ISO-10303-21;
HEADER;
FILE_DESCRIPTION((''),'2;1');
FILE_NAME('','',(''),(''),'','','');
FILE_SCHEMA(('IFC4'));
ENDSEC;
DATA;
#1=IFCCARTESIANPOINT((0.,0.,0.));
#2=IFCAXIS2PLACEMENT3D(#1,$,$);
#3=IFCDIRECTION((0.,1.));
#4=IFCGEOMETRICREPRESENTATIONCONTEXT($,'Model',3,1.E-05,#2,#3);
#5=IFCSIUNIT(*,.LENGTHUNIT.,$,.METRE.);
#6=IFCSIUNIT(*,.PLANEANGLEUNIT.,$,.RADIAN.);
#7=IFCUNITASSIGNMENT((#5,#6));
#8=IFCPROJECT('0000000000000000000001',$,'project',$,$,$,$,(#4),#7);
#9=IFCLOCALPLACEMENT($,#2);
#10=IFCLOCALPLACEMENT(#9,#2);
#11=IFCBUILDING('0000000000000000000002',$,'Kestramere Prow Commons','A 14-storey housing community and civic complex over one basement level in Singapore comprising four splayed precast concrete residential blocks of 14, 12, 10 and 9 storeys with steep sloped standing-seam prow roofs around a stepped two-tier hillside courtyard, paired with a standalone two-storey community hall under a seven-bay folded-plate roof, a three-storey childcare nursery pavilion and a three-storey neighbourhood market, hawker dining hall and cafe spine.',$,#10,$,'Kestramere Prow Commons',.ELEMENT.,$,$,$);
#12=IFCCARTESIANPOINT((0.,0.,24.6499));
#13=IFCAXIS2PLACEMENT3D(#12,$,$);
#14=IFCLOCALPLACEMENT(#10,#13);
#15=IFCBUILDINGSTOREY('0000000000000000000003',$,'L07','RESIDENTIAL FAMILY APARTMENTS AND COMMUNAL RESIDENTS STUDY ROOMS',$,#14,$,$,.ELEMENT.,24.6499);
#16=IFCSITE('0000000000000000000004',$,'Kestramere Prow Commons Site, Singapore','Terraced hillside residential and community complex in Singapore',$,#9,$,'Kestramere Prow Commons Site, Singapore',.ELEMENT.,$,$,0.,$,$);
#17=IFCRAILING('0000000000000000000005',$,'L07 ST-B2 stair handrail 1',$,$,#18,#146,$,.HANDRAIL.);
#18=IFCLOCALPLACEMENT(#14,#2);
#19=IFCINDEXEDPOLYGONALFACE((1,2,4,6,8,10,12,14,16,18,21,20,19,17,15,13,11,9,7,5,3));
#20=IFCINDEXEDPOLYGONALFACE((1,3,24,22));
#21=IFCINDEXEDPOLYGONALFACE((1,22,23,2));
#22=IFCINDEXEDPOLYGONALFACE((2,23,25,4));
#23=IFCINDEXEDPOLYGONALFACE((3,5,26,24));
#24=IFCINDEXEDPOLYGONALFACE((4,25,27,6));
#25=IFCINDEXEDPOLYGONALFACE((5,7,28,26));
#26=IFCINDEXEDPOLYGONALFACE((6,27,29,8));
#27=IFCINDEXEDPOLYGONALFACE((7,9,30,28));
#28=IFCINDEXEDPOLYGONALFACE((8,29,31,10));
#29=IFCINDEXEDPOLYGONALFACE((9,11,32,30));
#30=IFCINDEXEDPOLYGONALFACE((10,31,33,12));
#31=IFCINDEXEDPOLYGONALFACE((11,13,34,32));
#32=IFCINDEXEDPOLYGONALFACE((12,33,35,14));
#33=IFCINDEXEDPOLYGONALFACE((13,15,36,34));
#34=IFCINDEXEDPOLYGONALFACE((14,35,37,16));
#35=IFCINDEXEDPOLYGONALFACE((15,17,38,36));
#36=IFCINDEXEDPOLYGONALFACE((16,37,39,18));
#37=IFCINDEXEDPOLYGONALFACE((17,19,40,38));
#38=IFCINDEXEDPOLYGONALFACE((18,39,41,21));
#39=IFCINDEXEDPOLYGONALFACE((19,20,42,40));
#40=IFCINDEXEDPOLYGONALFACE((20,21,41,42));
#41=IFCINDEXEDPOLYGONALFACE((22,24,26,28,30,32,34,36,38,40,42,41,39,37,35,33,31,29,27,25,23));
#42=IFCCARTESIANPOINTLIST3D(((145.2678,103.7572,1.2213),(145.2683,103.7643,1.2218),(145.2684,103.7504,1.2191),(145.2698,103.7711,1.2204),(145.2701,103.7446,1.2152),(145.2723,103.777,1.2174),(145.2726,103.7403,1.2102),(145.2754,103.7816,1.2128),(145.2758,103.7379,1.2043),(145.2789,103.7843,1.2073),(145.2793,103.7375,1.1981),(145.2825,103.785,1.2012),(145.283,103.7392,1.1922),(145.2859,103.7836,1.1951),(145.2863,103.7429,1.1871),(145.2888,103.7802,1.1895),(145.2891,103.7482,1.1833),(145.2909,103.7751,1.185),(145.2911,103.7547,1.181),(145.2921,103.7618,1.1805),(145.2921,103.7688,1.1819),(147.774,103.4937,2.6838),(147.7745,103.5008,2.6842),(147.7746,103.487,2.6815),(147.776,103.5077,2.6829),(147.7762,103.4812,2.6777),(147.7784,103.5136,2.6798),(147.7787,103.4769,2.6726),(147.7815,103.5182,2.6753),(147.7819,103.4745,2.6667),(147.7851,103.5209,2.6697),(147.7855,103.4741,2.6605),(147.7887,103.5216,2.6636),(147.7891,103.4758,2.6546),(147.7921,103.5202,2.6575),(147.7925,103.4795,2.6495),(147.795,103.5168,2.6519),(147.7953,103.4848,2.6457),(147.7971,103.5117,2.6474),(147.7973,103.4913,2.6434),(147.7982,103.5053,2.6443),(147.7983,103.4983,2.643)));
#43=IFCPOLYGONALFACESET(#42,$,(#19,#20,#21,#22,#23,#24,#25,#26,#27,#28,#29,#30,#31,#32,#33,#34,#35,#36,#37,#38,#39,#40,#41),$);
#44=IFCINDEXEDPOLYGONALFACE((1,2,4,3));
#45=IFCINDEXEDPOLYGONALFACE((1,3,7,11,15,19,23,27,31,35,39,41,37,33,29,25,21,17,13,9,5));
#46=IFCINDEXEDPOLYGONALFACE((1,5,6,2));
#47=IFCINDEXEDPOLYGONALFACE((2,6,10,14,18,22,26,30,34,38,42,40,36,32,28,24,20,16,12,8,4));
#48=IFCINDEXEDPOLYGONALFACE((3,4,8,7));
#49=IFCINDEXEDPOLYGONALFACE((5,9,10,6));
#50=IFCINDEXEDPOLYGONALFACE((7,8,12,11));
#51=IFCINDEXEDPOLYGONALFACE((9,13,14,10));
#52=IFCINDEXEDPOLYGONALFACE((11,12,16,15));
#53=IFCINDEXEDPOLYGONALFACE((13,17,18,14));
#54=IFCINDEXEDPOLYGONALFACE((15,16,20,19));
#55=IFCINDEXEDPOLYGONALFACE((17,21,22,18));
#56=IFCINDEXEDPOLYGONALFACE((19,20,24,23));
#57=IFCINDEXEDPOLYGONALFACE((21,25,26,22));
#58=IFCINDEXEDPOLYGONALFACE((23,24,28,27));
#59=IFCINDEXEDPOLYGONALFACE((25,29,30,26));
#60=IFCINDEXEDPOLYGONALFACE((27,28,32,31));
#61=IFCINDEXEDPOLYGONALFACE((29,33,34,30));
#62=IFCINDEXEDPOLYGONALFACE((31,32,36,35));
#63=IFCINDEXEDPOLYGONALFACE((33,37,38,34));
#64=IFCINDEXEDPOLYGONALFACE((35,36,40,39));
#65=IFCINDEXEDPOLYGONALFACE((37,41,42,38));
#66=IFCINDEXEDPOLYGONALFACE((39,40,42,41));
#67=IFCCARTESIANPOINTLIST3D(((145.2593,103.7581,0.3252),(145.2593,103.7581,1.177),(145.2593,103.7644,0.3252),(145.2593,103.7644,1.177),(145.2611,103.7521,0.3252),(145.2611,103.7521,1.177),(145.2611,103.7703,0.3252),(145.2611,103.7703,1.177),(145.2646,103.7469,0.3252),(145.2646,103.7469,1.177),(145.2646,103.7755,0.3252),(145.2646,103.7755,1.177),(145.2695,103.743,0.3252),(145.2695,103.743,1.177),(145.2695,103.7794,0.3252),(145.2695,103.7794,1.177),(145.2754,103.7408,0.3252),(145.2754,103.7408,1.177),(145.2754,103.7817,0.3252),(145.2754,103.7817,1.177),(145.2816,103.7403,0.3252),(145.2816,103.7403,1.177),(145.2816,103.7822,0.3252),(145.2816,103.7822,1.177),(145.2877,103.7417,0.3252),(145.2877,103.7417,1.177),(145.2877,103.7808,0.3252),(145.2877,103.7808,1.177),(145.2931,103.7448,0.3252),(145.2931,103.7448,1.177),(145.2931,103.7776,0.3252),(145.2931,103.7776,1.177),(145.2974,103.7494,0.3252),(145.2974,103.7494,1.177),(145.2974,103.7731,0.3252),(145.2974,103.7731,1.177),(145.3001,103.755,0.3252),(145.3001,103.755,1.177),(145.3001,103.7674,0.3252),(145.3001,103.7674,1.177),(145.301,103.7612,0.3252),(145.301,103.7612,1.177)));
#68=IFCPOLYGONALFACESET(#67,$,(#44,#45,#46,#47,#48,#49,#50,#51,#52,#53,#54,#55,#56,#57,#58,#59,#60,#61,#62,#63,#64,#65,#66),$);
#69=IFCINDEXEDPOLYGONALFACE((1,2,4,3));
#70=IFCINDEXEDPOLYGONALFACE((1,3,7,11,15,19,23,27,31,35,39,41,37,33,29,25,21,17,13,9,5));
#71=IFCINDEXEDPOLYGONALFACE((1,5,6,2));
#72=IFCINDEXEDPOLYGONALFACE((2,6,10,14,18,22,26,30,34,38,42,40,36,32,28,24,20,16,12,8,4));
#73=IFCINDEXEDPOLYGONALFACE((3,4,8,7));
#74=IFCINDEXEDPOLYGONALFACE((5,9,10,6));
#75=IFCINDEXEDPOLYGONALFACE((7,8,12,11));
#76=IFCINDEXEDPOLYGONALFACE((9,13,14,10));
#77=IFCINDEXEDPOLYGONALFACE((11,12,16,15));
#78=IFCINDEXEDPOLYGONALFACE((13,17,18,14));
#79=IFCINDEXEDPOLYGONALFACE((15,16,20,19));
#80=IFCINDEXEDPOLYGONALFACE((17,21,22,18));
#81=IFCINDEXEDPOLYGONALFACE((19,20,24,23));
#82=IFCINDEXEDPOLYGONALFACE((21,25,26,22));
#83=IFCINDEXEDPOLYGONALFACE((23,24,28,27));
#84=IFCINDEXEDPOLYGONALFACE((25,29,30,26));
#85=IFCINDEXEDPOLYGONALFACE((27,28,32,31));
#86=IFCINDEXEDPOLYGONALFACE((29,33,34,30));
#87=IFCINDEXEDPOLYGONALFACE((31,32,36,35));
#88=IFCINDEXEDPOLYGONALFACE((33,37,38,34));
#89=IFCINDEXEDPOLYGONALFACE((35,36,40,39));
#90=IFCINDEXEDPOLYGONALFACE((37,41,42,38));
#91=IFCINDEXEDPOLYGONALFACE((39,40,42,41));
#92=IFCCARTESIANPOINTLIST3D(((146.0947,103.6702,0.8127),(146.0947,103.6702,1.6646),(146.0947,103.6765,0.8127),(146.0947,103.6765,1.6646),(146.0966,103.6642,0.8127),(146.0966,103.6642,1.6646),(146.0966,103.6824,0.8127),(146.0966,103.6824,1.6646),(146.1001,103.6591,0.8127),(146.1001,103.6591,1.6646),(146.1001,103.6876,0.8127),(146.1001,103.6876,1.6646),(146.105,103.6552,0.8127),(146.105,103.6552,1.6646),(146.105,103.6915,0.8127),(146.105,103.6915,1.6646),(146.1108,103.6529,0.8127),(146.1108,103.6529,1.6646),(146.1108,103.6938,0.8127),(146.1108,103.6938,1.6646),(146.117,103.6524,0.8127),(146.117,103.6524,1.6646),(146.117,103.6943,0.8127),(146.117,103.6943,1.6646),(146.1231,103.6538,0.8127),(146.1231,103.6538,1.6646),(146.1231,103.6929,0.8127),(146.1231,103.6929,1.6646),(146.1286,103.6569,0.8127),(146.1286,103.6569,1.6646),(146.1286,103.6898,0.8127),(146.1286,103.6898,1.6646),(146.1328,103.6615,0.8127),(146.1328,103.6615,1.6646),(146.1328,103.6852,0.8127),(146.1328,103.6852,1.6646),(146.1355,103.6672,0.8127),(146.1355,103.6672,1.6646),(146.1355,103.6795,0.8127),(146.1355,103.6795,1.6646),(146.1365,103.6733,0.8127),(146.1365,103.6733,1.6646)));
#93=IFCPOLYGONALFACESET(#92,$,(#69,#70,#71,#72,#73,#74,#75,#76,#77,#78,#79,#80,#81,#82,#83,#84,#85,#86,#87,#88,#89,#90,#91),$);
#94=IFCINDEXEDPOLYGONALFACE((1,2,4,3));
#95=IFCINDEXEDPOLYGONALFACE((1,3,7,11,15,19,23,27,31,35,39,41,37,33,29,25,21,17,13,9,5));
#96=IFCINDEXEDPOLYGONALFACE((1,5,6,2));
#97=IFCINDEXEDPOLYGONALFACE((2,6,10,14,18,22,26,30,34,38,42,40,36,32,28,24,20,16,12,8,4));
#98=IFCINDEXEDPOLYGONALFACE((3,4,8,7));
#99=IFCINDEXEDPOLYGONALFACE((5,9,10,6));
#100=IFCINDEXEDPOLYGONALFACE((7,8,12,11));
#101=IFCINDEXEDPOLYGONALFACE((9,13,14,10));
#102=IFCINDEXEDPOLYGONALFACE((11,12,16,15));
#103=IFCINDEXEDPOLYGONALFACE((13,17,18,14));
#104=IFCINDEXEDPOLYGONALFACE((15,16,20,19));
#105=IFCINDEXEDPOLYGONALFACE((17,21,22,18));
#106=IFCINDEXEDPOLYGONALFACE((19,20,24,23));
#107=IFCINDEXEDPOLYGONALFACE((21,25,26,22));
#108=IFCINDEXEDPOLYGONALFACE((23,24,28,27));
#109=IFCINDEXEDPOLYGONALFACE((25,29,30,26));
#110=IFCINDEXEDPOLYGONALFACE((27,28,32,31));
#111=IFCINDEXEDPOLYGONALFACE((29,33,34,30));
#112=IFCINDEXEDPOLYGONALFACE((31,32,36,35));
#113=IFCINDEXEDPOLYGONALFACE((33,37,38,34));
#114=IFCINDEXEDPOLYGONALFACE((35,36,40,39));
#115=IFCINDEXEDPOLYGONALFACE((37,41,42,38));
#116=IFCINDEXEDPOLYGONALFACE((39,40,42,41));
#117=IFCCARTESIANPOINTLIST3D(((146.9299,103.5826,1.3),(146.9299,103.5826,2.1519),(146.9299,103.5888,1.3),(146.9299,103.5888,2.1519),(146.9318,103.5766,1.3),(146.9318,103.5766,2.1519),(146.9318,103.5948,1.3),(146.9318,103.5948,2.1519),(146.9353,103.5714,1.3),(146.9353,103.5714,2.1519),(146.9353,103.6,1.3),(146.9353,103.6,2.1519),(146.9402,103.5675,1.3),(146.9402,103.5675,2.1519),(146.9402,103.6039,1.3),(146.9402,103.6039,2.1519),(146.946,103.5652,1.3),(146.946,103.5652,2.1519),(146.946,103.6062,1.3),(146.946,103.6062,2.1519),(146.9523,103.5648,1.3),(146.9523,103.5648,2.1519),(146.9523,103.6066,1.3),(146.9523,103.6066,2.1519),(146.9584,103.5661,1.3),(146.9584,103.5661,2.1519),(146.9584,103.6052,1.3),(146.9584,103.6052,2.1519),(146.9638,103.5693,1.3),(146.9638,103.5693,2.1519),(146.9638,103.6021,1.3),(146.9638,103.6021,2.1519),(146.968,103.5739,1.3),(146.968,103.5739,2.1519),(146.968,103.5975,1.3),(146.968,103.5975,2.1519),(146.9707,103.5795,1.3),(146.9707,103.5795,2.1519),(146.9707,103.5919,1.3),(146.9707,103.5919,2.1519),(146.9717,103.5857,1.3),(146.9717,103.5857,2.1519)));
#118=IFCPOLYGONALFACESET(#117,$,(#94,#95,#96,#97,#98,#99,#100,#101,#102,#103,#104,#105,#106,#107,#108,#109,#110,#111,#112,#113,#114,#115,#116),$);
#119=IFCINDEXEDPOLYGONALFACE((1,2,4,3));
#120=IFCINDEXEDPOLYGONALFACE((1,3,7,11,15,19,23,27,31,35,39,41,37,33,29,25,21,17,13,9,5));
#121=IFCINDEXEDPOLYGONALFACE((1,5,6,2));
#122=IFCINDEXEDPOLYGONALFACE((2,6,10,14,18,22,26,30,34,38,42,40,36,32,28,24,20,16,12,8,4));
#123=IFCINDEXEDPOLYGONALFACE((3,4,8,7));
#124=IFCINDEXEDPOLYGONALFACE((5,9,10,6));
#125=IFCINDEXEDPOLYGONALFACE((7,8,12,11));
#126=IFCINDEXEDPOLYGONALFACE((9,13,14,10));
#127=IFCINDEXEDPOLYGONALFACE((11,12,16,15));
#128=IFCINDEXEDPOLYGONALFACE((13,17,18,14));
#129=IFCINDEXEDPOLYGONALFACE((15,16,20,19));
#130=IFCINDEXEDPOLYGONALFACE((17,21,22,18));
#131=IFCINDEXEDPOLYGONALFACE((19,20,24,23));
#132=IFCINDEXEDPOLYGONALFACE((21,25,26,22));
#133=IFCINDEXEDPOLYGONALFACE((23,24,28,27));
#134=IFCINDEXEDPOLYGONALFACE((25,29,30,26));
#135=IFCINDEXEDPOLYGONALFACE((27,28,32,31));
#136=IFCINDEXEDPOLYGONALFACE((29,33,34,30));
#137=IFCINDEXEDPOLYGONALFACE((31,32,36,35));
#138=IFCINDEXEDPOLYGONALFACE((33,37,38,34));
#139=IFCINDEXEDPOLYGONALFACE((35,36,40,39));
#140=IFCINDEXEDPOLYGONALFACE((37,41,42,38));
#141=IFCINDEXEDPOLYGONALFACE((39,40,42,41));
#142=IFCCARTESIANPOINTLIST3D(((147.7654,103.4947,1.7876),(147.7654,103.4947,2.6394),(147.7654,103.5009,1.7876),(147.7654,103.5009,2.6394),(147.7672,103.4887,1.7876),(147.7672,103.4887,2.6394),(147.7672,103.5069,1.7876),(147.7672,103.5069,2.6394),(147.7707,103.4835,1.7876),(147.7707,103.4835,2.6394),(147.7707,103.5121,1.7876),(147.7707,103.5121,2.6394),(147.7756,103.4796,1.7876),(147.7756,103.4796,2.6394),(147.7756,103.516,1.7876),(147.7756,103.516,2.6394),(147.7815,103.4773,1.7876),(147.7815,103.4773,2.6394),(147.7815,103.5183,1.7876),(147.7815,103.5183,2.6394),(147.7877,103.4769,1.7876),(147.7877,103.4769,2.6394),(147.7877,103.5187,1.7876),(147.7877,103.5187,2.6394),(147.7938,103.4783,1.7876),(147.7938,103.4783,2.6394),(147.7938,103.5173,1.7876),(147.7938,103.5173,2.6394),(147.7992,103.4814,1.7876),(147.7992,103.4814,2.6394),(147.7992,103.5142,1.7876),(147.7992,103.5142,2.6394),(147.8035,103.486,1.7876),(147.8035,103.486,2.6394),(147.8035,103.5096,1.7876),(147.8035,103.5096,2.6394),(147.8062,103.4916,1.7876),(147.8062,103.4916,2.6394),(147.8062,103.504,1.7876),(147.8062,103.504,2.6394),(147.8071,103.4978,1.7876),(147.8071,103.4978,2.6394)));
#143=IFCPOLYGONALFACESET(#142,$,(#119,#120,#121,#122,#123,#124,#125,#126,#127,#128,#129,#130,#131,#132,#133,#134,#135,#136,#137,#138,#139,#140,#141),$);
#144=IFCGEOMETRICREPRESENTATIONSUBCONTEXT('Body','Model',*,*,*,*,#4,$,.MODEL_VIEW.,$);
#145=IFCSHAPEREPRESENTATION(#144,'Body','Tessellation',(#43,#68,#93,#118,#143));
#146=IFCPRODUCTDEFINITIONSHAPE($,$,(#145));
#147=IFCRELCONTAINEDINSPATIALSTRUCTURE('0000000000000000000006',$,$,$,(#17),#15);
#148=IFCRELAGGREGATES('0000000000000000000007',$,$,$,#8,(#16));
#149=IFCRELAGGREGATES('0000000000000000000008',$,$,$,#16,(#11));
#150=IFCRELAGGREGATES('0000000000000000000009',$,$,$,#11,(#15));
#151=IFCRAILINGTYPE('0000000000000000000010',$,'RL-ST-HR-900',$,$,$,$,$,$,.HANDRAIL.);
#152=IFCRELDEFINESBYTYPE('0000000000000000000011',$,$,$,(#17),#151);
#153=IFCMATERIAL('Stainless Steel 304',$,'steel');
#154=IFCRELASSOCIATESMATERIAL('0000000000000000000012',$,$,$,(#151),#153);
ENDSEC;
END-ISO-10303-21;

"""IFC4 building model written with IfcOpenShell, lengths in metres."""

from ifc_helpers import new_model, si_unit, direction, frame, origin, origin_2d, place, context, subcontext, project, spatial, circle, extrude, material, type_object, element, save


model = new_model("IFC4")

# Units and contexts
model_context = context("Model", 3, precision=1e-05, world=origin(), true_north=direction((0.0, 1.0)))
body_context = subcontext(model_context, "Body", "Model", "MODEL_VIEW")
ifc_project = project(units=[si_unit("LENGTHUNIT", "METRE"), si_unit("PLANEANGLEUNIT", "RADIAN")], contexts=[model_context])

# Site, building, storey
site_placement = place(None, origin())
site = spatial("IfcSite", under=ifc_project, at=site_placement, Name="Kestramere Prow Commons Site, Singapore", Description="Terraced hillside residential and community complex in Singapore", LongName="Kestramere Prow Commons Site, Singapore", CompositionType="ELEMENT", RefElevation=0.0)
building_placement = place(site_placement, origin())
building = spatial("IfcBuilding", under=site, at=building_placement, Name="Kestramere Prow Commons", Description="A 14-storey housing community and civic complex over one basement level in Singapore comprising four splayed precast concrete residential blocks of 14, 12, 10 and 9 storeys with steep sloped standing-seam prow roofs around a stepped two-tier hillside courtyard, paired with a standalone two-storey community hall under a seven-bay folded-plate roof, a three-storey childcare nursery pavilion and a three-storey neighbourhood market, hawker dining hall and cafe spine.", LongName="Kestramere Prow Commons", CompositionType="ELEMENT")
storey_placement = place(building_placement, frame((0.0, 0.0, 24.6499)))
storey = spatial("IfcBuildingStorey", under=building, at=storey_placement, Name="L07", Description="RESIDENTIAL FAMILY APARTMENTS AND COMMUNAL RESIDENTS STUDY ROOMS", CompositionType="ELEMENT", Elevation=24.6499)

# Railing
ifc_material_1 = material(Name="Stainless Steel 304", Category="steel")
railing_type_1 = type_object("IfcRailingType", Name="RL-ST-HR-900", PredefinedType="HANDRAIL", material=ifc_material_1)
railing_1_placement = place(storey_placement, frame((145.28, 103.7612, 0.3252)))
element("IfcRailing", 1, at=railing_1_placement, inside=storey, type_object=railing_type_1, Name="L07 ST-B2 stair handrail 1", PredefinedType="HANDRAIL", context=body_context, shape_type="SweptSolid", body=[
    extrude(circle(Radius=0.0239, at=origin_2d()), frame((0.0, 0.0, 0.876), z_axis=(0.860165, -0.090416, 0.501937), x_axis=(0.104539, 0.994521, 0.0)), (0.0, 0.0, 1.0), 2.9136),
    extrude(circle(Radius=0.021, at=origin_2d()), origin(), (0.0, 0.0, 1.0), 0.8518),
    extrude(circle(Radius=0.021, at=origin_2d()), frame((0.8354, -0.0879, 0.4875)), (0.0, 0.0, 1.0), 0.8518),
    extrude(circle(Radius=0.021, at=origin_2d()), frame((1.6707, -0.1755, 0.9749)), (0.0, 0.0, 1.0), 0.8518),
    extrude(circle(Radius=0.021, at=origin_2d()), frame((2.5061, -0.2634, 1.4624)), (0.0, 0.0, 1.0), 0.8518),
])

save(model, "model.ifc")
